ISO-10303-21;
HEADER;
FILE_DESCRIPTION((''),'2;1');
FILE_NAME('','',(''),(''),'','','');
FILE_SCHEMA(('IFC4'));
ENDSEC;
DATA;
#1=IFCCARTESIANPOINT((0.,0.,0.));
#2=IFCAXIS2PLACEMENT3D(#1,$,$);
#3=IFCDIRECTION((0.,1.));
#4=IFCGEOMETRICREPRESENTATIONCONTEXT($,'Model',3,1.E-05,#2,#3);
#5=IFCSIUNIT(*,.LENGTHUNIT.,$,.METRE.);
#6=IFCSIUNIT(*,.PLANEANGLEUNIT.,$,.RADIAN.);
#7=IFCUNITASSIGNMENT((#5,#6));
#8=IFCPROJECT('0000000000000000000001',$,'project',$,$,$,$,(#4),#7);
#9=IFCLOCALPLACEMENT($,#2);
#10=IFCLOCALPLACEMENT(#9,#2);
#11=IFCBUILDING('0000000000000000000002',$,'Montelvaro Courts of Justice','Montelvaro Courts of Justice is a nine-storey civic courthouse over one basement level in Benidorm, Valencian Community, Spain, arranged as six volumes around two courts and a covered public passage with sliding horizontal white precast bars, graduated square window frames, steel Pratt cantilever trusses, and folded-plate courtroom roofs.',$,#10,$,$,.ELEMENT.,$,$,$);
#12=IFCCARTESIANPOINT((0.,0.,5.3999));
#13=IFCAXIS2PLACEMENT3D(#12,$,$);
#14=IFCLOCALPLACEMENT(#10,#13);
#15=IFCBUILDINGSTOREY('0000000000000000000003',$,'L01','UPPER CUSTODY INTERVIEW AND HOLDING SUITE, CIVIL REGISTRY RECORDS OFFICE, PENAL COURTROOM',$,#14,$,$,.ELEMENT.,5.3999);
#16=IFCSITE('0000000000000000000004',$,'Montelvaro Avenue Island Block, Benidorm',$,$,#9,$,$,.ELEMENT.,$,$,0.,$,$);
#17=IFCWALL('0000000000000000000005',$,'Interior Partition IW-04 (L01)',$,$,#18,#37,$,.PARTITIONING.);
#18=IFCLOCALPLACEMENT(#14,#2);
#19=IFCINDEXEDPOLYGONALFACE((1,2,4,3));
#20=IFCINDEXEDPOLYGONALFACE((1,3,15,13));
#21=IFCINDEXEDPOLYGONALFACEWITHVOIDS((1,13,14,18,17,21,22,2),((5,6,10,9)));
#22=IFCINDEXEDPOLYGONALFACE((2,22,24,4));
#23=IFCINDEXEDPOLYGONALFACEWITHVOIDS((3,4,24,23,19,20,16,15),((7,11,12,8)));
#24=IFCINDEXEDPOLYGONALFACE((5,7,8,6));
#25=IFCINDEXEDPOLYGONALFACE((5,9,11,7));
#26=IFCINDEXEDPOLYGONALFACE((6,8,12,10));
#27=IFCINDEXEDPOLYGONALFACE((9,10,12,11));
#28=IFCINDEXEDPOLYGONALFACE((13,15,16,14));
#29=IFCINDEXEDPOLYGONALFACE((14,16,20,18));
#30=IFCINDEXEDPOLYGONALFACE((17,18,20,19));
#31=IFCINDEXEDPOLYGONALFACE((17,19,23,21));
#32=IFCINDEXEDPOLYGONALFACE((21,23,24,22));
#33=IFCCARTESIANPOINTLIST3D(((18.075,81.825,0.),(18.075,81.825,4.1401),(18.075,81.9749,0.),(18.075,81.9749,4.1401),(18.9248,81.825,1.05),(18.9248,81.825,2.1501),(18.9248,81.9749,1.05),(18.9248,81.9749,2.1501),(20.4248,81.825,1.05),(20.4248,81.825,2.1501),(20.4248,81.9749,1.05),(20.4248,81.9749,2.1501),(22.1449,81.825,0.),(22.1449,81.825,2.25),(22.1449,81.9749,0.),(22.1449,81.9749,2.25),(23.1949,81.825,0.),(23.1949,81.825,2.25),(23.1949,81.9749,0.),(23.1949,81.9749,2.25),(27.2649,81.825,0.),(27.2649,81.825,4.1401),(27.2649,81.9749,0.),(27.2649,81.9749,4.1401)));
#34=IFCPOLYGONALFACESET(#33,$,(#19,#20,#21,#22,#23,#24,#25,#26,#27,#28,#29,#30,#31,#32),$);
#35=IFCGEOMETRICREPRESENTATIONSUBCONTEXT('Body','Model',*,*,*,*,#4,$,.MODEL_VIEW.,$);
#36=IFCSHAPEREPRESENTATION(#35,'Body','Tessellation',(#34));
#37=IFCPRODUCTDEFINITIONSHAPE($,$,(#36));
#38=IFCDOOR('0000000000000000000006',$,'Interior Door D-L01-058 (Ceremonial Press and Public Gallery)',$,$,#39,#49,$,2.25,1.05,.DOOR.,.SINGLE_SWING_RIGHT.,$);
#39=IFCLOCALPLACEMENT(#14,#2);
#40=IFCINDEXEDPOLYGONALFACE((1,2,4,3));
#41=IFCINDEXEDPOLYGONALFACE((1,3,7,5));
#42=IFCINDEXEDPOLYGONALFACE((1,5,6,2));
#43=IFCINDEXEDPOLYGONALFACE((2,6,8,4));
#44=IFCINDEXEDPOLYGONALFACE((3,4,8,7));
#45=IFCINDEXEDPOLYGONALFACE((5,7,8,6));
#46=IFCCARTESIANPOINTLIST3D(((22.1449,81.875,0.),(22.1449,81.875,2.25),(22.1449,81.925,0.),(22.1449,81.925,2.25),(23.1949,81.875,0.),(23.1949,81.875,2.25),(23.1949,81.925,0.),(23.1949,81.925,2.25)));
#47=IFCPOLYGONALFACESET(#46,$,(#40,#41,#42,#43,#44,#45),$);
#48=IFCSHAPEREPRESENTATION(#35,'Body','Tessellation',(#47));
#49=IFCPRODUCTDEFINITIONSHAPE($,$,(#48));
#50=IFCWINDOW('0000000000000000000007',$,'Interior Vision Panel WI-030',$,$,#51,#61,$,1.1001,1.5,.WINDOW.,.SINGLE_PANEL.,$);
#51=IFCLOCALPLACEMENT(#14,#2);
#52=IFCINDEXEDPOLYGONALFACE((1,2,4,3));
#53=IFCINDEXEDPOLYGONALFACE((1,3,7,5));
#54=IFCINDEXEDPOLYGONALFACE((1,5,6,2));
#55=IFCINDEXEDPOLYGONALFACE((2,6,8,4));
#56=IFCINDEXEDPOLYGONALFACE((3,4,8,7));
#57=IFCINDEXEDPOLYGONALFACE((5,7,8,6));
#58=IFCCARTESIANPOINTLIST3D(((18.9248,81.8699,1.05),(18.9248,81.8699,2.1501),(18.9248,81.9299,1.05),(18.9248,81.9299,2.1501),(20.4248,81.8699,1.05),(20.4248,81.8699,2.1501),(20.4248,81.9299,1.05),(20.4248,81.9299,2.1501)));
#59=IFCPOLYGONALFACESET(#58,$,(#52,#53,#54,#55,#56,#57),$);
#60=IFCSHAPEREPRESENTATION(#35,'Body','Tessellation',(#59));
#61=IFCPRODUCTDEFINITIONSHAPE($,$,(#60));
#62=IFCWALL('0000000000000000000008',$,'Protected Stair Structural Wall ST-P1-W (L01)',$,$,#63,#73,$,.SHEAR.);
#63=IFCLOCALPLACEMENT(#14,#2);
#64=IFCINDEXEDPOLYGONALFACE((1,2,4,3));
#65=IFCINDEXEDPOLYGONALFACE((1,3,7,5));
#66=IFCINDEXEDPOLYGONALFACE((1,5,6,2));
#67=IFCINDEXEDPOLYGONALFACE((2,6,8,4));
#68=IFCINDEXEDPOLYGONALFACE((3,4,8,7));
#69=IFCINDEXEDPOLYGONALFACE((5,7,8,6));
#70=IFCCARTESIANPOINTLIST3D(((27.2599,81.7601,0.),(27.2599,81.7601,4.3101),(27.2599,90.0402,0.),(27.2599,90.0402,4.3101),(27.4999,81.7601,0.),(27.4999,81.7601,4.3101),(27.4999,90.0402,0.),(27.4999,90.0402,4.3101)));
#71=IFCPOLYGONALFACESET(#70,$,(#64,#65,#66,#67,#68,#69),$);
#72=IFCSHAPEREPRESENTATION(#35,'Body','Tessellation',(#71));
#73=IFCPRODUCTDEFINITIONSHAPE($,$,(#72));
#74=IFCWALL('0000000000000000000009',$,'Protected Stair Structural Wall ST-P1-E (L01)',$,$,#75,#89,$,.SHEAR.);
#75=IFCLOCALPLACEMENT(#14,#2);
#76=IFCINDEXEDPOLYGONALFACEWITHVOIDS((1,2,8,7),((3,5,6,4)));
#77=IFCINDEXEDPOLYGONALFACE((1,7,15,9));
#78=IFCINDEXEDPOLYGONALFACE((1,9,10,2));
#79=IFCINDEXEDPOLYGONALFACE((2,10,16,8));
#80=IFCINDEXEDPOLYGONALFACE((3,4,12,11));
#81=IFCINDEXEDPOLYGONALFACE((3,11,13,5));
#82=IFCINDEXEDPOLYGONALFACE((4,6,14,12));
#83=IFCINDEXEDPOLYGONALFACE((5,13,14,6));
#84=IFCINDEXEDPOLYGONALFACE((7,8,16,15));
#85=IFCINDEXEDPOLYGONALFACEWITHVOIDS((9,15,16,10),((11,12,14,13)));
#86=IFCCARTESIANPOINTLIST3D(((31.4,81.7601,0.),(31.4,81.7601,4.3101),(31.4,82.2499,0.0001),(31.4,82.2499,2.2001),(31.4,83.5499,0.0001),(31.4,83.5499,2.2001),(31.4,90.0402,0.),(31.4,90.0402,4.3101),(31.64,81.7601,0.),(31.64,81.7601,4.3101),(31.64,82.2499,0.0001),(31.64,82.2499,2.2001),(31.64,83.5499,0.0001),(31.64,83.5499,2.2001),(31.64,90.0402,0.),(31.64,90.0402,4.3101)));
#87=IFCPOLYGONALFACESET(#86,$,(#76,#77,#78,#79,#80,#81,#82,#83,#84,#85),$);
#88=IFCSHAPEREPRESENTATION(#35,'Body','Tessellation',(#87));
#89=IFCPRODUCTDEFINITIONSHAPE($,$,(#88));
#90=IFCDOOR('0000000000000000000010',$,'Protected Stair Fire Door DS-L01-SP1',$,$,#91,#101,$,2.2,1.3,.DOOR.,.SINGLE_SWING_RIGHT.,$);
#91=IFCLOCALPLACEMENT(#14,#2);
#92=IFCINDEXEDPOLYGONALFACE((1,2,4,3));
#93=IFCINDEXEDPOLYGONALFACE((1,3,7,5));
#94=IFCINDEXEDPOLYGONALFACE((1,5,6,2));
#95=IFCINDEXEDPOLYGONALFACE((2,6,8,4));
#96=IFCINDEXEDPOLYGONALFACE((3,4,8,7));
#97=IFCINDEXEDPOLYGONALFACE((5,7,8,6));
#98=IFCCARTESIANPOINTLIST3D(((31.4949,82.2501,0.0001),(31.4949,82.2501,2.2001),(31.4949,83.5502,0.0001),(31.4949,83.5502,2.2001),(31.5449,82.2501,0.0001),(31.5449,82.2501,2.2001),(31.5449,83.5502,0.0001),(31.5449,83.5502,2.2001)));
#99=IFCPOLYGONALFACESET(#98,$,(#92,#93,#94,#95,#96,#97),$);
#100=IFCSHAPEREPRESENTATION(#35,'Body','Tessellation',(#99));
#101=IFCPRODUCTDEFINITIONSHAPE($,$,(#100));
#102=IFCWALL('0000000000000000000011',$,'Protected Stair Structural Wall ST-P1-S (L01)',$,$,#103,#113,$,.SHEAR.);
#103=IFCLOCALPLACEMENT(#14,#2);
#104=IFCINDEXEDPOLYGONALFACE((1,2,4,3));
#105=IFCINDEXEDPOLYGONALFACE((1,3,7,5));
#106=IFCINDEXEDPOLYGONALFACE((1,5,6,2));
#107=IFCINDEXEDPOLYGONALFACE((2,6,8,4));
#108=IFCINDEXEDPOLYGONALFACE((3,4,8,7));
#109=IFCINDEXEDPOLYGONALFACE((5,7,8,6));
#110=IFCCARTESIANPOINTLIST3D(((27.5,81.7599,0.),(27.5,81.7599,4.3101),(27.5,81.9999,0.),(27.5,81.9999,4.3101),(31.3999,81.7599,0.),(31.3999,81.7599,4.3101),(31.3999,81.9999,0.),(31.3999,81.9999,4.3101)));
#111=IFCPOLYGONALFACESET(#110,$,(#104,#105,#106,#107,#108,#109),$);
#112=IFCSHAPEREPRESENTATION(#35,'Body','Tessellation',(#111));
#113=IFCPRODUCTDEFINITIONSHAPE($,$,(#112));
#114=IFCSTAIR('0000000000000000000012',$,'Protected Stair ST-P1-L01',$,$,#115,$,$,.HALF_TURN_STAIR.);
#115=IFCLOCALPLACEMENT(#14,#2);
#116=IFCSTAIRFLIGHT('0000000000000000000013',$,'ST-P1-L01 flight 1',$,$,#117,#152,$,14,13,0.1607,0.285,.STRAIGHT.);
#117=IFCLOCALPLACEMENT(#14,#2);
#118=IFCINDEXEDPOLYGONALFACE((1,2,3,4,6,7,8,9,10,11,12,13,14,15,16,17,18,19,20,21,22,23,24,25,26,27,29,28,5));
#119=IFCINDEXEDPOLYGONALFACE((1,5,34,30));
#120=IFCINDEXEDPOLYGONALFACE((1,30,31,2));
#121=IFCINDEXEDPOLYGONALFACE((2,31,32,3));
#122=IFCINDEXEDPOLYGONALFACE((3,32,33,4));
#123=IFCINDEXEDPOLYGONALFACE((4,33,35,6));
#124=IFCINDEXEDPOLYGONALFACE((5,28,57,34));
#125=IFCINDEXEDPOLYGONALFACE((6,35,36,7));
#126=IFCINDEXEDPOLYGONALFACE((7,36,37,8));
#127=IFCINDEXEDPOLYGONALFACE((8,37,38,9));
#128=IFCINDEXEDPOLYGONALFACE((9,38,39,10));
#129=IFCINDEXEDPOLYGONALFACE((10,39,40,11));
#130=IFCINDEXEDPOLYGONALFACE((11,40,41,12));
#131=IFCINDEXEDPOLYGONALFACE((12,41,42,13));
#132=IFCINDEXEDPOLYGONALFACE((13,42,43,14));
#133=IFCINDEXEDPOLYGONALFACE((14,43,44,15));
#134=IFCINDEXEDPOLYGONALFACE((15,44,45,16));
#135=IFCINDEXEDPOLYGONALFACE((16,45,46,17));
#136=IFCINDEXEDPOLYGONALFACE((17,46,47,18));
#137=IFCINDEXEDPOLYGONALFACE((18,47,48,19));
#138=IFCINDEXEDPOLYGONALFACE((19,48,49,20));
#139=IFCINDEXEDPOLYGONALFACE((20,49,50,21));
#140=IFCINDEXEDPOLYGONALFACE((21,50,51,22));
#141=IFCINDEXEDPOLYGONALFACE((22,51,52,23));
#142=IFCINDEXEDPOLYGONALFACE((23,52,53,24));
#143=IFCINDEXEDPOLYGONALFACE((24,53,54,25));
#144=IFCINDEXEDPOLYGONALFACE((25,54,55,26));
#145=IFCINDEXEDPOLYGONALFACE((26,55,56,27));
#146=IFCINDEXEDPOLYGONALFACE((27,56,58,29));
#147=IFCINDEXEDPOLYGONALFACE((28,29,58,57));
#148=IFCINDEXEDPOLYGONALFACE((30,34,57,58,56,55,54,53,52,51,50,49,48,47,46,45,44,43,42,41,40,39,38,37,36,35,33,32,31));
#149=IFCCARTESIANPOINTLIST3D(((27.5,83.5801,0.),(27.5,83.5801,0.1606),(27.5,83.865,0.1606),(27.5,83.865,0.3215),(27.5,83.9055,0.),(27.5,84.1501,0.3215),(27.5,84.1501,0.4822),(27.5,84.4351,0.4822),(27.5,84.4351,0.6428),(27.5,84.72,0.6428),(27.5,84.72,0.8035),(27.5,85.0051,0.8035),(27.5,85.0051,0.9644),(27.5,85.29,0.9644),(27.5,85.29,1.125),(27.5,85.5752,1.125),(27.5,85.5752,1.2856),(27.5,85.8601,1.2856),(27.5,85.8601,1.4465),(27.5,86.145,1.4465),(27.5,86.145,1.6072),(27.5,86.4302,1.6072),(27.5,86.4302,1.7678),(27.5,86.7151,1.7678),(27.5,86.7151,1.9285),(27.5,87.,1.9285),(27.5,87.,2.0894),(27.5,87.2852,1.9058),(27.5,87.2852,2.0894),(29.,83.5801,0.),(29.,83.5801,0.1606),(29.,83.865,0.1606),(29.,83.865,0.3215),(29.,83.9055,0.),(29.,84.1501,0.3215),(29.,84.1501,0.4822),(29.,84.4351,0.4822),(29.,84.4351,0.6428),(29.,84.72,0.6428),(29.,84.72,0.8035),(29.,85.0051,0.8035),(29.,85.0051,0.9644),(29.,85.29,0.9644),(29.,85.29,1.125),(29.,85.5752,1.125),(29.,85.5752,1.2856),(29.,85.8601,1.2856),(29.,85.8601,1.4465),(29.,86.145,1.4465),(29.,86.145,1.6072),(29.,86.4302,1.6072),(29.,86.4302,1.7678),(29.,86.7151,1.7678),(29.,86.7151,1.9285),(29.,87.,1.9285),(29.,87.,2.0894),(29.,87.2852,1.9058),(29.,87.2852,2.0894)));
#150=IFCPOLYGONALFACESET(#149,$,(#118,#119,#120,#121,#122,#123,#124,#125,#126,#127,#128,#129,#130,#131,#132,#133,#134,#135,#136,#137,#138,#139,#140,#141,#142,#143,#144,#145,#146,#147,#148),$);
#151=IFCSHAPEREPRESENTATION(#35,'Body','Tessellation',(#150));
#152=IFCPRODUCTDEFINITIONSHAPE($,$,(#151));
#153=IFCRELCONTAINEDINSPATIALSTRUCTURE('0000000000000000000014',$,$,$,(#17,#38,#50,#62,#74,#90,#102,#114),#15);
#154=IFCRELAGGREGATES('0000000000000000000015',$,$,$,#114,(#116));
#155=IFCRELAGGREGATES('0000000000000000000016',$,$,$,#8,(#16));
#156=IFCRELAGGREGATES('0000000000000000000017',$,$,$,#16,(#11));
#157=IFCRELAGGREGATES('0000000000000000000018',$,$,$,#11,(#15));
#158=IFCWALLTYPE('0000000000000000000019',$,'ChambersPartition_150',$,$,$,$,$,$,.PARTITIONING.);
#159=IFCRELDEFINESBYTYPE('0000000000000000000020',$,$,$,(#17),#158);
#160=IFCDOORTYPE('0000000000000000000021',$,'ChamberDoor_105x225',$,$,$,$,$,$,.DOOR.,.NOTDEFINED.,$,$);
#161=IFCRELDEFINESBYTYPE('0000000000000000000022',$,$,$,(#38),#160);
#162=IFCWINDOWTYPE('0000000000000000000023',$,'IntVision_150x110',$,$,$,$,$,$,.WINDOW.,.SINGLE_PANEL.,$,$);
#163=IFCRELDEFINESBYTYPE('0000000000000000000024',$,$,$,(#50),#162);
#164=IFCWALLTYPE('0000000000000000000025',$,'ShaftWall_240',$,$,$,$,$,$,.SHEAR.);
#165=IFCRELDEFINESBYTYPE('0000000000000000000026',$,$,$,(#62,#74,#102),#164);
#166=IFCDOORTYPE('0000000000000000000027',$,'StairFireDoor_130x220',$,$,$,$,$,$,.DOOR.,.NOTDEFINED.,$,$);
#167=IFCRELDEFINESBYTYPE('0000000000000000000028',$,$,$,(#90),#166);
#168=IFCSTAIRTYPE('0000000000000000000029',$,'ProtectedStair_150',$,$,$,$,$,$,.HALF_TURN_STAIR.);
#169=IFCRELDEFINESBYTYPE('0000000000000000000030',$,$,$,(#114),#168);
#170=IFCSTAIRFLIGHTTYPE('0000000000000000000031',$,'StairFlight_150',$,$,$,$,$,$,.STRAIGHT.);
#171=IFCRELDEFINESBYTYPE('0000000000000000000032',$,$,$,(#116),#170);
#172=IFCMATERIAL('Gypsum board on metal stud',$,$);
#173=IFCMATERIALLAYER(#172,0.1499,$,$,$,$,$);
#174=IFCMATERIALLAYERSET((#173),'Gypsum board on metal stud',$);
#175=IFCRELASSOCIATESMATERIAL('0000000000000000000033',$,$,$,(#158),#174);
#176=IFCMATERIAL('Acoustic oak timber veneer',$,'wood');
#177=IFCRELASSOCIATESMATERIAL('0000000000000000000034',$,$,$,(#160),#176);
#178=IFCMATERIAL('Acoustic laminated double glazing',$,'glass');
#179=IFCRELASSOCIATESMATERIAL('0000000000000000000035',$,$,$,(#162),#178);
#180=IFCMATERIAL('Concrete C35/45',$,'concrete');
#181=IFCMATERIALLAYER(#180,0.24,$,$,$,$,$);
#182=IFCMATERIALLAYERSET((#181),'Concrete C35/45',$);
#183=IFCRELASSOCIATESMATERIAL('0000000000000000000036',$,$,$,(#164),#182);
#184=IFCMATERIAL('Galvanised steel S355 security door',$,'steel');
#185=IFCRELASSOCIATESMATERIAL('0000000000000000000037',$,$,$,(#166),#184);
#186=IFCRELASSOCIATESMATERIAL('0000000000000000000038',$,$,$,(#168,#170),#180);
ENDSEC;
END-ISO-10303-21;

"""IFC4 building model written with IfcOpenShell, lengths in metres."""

from ifc_helpers import new_model, si_unit, direction, frame, frame_2d, origin, place, context, subcontext, project, spatial, polyline, rectangle, outline, extrude, material, layer, layer_set, type_object, element, fill, aggregate, save


model = new_model("IFC4")

# Units and contexts
model_context = context("Model", 3, precision=1e-05, world=origin(), true_north=direction((0.0, 1.0)))
body_context = subcontext(model_context, "Body", "Model", "MODEL_VIEW")
ifc_project = project(units=[si_unit("LENGTHUNIT", "METRE"), si_unit("PLANEANGLEUNIT", "RADIAN")], contexts=[model_context])

# Site, building, storey
site_placement = place(None, origin())
site = spatial("IfcSite", under=ifc_project, at=site_placement, Name="Montelvaro Avenue Island Block, Benidorm", CompositionType="ELEMENT", RefElevation=0.0)
building_placement = place(site_placement, origin())
building = spatial("IfcBuilding", under=site, at=building_placement, Name="Montelvaro Courts of Justice", Description="Montelvaro Courts of Justice is a nine-storey civic courthouse over one basement level in Benidorm, Valencian Community, Spain, arranged as six volumes around two courts and a covered public passage with sliding horizontal white precast bars, graduated square window frames, steel Pratt cantilever trusses, and folded-plate courtroom roofs.", CompositionType="ELEMENT")
storey_placement = place(building_placement, frame((0.0, 0.0, 5.3999)))
storey = spatial("IfcBuildingStorey", under=building, at=storey_placement, Name="L01", Description="UPPER CUSTODY INTERVIEW AND HOLDING SUITE, CIVIL REGISTRY RECORDS OFFICE, PENAL COURTROOM", CompositionType="ELEMENT", Elevation=5.3999)

# Wall, openings, door, window
ifc_material_1 = material(Name="Gypsum board on metal stud")
ifc_layer_1 = layer(ifc_material_1, 0.1499)
ifc_layer_set_1 = layer_set([ifc_layer_1], Name="Gypsum board on metal stud")
wall_type_1 = type_object("IfcWallType", Name="ChambersPartition_150", PredefinedType="PARTITIONING", material=ifc_layer_set_1)
wall_1_placement = place(storey_placement, frame((27.2649, 81.8999, 0.0), z_axis=(0.0, 0.0, 1.0), x_axis=(-1.0, 0.0, 0.0)))
wall_1 = element("IfcWall", 1, at=wall_1_placement, inside=storey, type_object=wall_type_1, Name="Interior Partition IW-04 (L01)", PredefinedType="PARTITIONING", context=body_context, shape_type="SweptSolid", body=[
    extrude(rectangle(XDim=9.1899, YDim=0.1499, at=frame_2d((4.595, 0.0))), origin(), (0.0, 0.0, 1.0), 4.1401),
])
opening_1_placement = place(wall_1_placement, frame((4.0701, 0.0, 0.0)))
opening_1 = element("IfcOpeningElement", 2, at=opening_1_placement, cuts=wall_1, PredefinedType="OPENING", context=body_context, shape_type="SweptSolid", body=[
    extrude(rectangle(XDim=1.05, YDim=2.25, at=frame_2d((0.5249, 1.125))), frame((0.0, 0.0898, 0.0), z_axis=(0.0, -1.0, 0.0), x_axis=(1.0, 0.0, 0.0)), (0.0, 0.0, 1.0), 0.1797),
])
opening_2_placement = place(wall_1_placement, frame((6.8401, 0.0, 1.05)))
opening_2 = element("IfcOpeningElement", 3, at=opening_2_placement, cuts=wall_1, PredefinedType="OPENING", context=body_context, shape_type="SweptSolid", body=[
    extrude(rectangle(XDim=1.5, YDim=1.1001, at=frame_2d((0.75, 0.55))), frame((0.0, 0.0898, 0.0), z_axis=(0.0, -1.0, 0.0), x_axis=(1.0, 0.0, 0.0)), (0.0, 0.0, 1.0), 0.1797),
])
ifc_material_2 = material(Name="Acoustic oak timber veneer", Category="wood")
door_type_1 = type_object("IfcDoorType", Name="ChamberDoor_105x225", OperationType="NOTDEFINED", PredefinedType="DOOR", material=ifc_material_2)
door_1_placement = place(opening_1_placement, origin())
door_1 = element("IfcDoor", 4, at=door_1_placement, inside=storey, type_object=door_type_1, Name="Interior Door D-L01-058 (Ceremonial Press and Public Gallery)", OperationType="SINGLE_SWING_RIGHT", OverallHeight=2.25, OverallWidth=1.05, PredefinedType="DOOR", context=body_context, shape_type="SweptSolid", body=[
    extrude(rectangle(XDim=1.05, YDim=2.25, at=frame_2d((0.5249, 1.125))), frame((0.0, 0.0249, 0.0), z_axis=(0.0, -1.0, 0.0), x_axis=(1.0, 0.0, 0.0)), (0.0, 0.0, 1.0), 0.05),
])
fill(opening_1, door_1)
ifc_material_3 = material(Name="Acoustic laminated double glazing", Category="glass")
window_type = type_object("IfcWindowType", Name="IntVision_150x110", PartitioningType="SINGLE_PANEL", PredefinedType="WINDOW", material=ifc_material_3)
window_placement = place(opening_2_placement, origin())
window = element("IfcWindow", 5, at=window_placement, inside=storey, type_object=window_type, Name="Interior Vision Panel WI-030", OverallHeight=1.1001, OverallWidth=1.5, PartitioningType="SINGLE_PANEL", PredefinedType="WINDOW", context=body_context, shape_type="SweptSolid", body=[
    extrude(rectangle(XDim=1.5, YDim=1.1001, at=frame_2d((0.75, 0.55))), frame((0.0, 0.03, 0.0), z_axis=(0.0, -1.0, 0.0), x_axis=(1.0, 0.0, 0.0)), (0.0, 0.0, 1.0), 0.0601),
])
fill(opening_2, window)

# Wall
ifc_material_4 = material(Name="Concrete C35/45", Category="concrete")
ifc_layer_2 = layer(ifc_material_4, 0.24)
ifc_layer_set_2 = layer_set([ifc_layer_2], Name="Concrete C35/45")
wall_type_2 = type_object("IfcWallType", Name="ShaftWall_240", PredefinedType="SHEAR", material=ifc_layer_set_2)
wall_2_placement = place(storey_placement, frame((27.3799, 81.76, 0.0), z_axis=(0.0, 0.0, 1.0), x_axis=(0.0, 1.0, 0.0)))
element("IfcWall", 6, at=wall_2_placement, inside=storey, type_object=wall_type_2, Name="Protected Stair Structural Wall ST-P1-W (L01)", PredefinedType="SHEAR", context=body_context, shape_type="SweptSolid", body=[
    extrude(rectangle(XDim=8.28, YDim=0.24, at=frame_2d((4.1401, 0.0))), origin(), (0.0, 0.0, 1.0), 4.3101),
])

# Wall, opening, door
wall_3_placement = place(storey_placement, frame((31.52, 81.76, 0.0), z_axis=(0.0, 0.0, 1.0), x_axis=(0.0, 1.0, 0.0)))
wall_3 = element("IfcWall", 7, at=wall_3_placement, inside=storey, type_object=wall_type_2, Name="Protected Stair Structural Wall ST-P1-E (L01)", PredefinedType="SHEAR", context=body_context, shape_type="SweptSolid", body=[
    extrude(rectangle(XDim=8.28, YDim=0.24, at=frame_2d((4.1401, 0.0))), origin(), (0.0, 0.0, 1.0), 4.3101),
])
opening_3_placement = place(wall_3_placement, frame((0.49, 0.0, 0.0)))
opening_3 = element("IfcOpeningElement", 8, at=opening_3_placement, cuts=wall_3, PredefinedType="OPENING", context=body_context, shape_type="SweptSolid", body=[
    extrude(rectangle(XDim=1.3, YDim=2.2, at=frame_2d((0.6499, 1.1001))), frame((0.0, 0.1348, 0.0), z_axis=(0.0, -1.0, 0.0), x_axis=(1.0, 0.0, 0.0)), (0.0, 0.0, 1.0), 0.2698),
])
ifc_material_5 = material(Name="Galvanised steel S355 security door", Category="steel")
door_type_2 = type_object("IfcDoorType", Name="StairFireDoor_130x220", OperationType="NOTDEFINED", PredefinedType="DOOR", material=ifc_material_5)
door_2_placement = place(opening_3_placement, frame((1.3, 0.0, 0.0), z_axis=(0.0, 0.0, 1.0), x_axis=(-1.0, 0.0, 0.0)))
door_2 = element("IfcDoor", 9, at=door_2_placement, inside=storey, type_object=door_type_2, Name="Protected Stair Fire Door DS-L01-SP1", OperationType="SINGLE_SWING_RIGHT", OverallHeight=2.2, OverallWidth=1.3, PredefinedType="DOOR", context=body_context, shape_type="SweptSolid", body=[
    extrude(rectangle(XDim=1.3, YDim=2.2, at=frame_2d((0.6499, 1.1001))), frame((0.0, 0.0249, 0.0), z_axis=(0.0, -1.0, 0.0), x_axis=(1.0, 0.0, 0.0)), (0.0, 0.0, 1.0), 0.05),
])
fill(opening_3, door_2)

# Wall
wall_4_placement = place(storey_placement, frame((27.5, 81.8799, 0.0), z_axis=(0.0, 0.0, 1.0), x_axis=(1.0, 0.0, 0.0)))
element("IfcWall", 10, at=wall_4_placement, inside=storey, type_object=wall_type_2, Name="Protected Stair Structural Wall ST-P1-S (L01)", PredefinedType="SHEAR", context=body_context, shape_type="SweptSolid", body=[
    extrude(rectangle(XDim=3.8999, YDim=0.24, at=frame_2d((1.95, 0.0))), origin(), (0.0, 0.0, 1.0), 4.3101),
])

# Stair, stair flight
stair_type = type_object("IfcStairType", Name="ProtectedStair_150", PredefinedType="HALF_TURN_STAIR", material=ifc_material_4)
stair_placement = place(storey_placement, origin())
stair = element("IfcStair", 11, at=stair_placement, inside=storey, type_object=stair_type, Name="Protected Stair ST-P1-L01", PredefinedType="HALF_TURN_STAIR")
stair_flight_type = type_object("IfcStairFlightType", Name="StairFlight_150", PredefinedType="STRAIGHT", material=ifc_material_4)
stair_flight_placement = place(storey_placement, frame((28.25, 83.5801, 0.0), z_axis=(0.0, 0.0, 1.0), x_axis=(0.0, 1.0, 0.0)))
stair_flight = element("IfcStairFlight", 12, at=stair_flight_placement, type_object=stair_flight_type, Name="ST-P1-L01 flight 1", NumberOfRisers=14, NumberOfTreads=13, PredefinedType="STRAIGHT", RiserHeight=0.1607, TreadLength=0.285, context=body_context, shape_type="SweptSolid", body=[
    extrude(outline(polyline([(0.0, 0.0), (0.0, 0.1606), (0.2849, 0.1606), (0.2849, 0.3215), (0.5701, 0.3215), (0.5701, 0.4822), (0.855, 0.4822), (0.855, 0.6428), (1.1399, 0.6428), (1.1399, 0.8035), (1.425, 0.8035), (1.425, 0.9644), (1.71, 0.9644), (1.71, 1.125), (1.9951, 1.125), (1.9951, 1.2856), (2.28, 1.2856), (2.28, 1.4465), (2.5649, 1.4465), (2.5649, 1.6072), (2.8501, 1.6072), (2.8501, 1.7678), (3.135, 1.7678), (3.135, 1.9285), (3.4199, 1.9285), (3.4199, 2.0894), (3.7051, 2.0894), (3.7051, 2.25), (3.7051, 1.9058), (0.3254, 0.0), (0.0, 0.0)])), frame((0.0, 0.75, 0.0), z_axis=(0.0, -1.0, 0.0), x_axis=(1.0, 0.0, 0.0)), (0.0, 0.0, 1.0), 1.5),
])
aggregate(stair, [stair_flight])

save(model, "model.ifc")
